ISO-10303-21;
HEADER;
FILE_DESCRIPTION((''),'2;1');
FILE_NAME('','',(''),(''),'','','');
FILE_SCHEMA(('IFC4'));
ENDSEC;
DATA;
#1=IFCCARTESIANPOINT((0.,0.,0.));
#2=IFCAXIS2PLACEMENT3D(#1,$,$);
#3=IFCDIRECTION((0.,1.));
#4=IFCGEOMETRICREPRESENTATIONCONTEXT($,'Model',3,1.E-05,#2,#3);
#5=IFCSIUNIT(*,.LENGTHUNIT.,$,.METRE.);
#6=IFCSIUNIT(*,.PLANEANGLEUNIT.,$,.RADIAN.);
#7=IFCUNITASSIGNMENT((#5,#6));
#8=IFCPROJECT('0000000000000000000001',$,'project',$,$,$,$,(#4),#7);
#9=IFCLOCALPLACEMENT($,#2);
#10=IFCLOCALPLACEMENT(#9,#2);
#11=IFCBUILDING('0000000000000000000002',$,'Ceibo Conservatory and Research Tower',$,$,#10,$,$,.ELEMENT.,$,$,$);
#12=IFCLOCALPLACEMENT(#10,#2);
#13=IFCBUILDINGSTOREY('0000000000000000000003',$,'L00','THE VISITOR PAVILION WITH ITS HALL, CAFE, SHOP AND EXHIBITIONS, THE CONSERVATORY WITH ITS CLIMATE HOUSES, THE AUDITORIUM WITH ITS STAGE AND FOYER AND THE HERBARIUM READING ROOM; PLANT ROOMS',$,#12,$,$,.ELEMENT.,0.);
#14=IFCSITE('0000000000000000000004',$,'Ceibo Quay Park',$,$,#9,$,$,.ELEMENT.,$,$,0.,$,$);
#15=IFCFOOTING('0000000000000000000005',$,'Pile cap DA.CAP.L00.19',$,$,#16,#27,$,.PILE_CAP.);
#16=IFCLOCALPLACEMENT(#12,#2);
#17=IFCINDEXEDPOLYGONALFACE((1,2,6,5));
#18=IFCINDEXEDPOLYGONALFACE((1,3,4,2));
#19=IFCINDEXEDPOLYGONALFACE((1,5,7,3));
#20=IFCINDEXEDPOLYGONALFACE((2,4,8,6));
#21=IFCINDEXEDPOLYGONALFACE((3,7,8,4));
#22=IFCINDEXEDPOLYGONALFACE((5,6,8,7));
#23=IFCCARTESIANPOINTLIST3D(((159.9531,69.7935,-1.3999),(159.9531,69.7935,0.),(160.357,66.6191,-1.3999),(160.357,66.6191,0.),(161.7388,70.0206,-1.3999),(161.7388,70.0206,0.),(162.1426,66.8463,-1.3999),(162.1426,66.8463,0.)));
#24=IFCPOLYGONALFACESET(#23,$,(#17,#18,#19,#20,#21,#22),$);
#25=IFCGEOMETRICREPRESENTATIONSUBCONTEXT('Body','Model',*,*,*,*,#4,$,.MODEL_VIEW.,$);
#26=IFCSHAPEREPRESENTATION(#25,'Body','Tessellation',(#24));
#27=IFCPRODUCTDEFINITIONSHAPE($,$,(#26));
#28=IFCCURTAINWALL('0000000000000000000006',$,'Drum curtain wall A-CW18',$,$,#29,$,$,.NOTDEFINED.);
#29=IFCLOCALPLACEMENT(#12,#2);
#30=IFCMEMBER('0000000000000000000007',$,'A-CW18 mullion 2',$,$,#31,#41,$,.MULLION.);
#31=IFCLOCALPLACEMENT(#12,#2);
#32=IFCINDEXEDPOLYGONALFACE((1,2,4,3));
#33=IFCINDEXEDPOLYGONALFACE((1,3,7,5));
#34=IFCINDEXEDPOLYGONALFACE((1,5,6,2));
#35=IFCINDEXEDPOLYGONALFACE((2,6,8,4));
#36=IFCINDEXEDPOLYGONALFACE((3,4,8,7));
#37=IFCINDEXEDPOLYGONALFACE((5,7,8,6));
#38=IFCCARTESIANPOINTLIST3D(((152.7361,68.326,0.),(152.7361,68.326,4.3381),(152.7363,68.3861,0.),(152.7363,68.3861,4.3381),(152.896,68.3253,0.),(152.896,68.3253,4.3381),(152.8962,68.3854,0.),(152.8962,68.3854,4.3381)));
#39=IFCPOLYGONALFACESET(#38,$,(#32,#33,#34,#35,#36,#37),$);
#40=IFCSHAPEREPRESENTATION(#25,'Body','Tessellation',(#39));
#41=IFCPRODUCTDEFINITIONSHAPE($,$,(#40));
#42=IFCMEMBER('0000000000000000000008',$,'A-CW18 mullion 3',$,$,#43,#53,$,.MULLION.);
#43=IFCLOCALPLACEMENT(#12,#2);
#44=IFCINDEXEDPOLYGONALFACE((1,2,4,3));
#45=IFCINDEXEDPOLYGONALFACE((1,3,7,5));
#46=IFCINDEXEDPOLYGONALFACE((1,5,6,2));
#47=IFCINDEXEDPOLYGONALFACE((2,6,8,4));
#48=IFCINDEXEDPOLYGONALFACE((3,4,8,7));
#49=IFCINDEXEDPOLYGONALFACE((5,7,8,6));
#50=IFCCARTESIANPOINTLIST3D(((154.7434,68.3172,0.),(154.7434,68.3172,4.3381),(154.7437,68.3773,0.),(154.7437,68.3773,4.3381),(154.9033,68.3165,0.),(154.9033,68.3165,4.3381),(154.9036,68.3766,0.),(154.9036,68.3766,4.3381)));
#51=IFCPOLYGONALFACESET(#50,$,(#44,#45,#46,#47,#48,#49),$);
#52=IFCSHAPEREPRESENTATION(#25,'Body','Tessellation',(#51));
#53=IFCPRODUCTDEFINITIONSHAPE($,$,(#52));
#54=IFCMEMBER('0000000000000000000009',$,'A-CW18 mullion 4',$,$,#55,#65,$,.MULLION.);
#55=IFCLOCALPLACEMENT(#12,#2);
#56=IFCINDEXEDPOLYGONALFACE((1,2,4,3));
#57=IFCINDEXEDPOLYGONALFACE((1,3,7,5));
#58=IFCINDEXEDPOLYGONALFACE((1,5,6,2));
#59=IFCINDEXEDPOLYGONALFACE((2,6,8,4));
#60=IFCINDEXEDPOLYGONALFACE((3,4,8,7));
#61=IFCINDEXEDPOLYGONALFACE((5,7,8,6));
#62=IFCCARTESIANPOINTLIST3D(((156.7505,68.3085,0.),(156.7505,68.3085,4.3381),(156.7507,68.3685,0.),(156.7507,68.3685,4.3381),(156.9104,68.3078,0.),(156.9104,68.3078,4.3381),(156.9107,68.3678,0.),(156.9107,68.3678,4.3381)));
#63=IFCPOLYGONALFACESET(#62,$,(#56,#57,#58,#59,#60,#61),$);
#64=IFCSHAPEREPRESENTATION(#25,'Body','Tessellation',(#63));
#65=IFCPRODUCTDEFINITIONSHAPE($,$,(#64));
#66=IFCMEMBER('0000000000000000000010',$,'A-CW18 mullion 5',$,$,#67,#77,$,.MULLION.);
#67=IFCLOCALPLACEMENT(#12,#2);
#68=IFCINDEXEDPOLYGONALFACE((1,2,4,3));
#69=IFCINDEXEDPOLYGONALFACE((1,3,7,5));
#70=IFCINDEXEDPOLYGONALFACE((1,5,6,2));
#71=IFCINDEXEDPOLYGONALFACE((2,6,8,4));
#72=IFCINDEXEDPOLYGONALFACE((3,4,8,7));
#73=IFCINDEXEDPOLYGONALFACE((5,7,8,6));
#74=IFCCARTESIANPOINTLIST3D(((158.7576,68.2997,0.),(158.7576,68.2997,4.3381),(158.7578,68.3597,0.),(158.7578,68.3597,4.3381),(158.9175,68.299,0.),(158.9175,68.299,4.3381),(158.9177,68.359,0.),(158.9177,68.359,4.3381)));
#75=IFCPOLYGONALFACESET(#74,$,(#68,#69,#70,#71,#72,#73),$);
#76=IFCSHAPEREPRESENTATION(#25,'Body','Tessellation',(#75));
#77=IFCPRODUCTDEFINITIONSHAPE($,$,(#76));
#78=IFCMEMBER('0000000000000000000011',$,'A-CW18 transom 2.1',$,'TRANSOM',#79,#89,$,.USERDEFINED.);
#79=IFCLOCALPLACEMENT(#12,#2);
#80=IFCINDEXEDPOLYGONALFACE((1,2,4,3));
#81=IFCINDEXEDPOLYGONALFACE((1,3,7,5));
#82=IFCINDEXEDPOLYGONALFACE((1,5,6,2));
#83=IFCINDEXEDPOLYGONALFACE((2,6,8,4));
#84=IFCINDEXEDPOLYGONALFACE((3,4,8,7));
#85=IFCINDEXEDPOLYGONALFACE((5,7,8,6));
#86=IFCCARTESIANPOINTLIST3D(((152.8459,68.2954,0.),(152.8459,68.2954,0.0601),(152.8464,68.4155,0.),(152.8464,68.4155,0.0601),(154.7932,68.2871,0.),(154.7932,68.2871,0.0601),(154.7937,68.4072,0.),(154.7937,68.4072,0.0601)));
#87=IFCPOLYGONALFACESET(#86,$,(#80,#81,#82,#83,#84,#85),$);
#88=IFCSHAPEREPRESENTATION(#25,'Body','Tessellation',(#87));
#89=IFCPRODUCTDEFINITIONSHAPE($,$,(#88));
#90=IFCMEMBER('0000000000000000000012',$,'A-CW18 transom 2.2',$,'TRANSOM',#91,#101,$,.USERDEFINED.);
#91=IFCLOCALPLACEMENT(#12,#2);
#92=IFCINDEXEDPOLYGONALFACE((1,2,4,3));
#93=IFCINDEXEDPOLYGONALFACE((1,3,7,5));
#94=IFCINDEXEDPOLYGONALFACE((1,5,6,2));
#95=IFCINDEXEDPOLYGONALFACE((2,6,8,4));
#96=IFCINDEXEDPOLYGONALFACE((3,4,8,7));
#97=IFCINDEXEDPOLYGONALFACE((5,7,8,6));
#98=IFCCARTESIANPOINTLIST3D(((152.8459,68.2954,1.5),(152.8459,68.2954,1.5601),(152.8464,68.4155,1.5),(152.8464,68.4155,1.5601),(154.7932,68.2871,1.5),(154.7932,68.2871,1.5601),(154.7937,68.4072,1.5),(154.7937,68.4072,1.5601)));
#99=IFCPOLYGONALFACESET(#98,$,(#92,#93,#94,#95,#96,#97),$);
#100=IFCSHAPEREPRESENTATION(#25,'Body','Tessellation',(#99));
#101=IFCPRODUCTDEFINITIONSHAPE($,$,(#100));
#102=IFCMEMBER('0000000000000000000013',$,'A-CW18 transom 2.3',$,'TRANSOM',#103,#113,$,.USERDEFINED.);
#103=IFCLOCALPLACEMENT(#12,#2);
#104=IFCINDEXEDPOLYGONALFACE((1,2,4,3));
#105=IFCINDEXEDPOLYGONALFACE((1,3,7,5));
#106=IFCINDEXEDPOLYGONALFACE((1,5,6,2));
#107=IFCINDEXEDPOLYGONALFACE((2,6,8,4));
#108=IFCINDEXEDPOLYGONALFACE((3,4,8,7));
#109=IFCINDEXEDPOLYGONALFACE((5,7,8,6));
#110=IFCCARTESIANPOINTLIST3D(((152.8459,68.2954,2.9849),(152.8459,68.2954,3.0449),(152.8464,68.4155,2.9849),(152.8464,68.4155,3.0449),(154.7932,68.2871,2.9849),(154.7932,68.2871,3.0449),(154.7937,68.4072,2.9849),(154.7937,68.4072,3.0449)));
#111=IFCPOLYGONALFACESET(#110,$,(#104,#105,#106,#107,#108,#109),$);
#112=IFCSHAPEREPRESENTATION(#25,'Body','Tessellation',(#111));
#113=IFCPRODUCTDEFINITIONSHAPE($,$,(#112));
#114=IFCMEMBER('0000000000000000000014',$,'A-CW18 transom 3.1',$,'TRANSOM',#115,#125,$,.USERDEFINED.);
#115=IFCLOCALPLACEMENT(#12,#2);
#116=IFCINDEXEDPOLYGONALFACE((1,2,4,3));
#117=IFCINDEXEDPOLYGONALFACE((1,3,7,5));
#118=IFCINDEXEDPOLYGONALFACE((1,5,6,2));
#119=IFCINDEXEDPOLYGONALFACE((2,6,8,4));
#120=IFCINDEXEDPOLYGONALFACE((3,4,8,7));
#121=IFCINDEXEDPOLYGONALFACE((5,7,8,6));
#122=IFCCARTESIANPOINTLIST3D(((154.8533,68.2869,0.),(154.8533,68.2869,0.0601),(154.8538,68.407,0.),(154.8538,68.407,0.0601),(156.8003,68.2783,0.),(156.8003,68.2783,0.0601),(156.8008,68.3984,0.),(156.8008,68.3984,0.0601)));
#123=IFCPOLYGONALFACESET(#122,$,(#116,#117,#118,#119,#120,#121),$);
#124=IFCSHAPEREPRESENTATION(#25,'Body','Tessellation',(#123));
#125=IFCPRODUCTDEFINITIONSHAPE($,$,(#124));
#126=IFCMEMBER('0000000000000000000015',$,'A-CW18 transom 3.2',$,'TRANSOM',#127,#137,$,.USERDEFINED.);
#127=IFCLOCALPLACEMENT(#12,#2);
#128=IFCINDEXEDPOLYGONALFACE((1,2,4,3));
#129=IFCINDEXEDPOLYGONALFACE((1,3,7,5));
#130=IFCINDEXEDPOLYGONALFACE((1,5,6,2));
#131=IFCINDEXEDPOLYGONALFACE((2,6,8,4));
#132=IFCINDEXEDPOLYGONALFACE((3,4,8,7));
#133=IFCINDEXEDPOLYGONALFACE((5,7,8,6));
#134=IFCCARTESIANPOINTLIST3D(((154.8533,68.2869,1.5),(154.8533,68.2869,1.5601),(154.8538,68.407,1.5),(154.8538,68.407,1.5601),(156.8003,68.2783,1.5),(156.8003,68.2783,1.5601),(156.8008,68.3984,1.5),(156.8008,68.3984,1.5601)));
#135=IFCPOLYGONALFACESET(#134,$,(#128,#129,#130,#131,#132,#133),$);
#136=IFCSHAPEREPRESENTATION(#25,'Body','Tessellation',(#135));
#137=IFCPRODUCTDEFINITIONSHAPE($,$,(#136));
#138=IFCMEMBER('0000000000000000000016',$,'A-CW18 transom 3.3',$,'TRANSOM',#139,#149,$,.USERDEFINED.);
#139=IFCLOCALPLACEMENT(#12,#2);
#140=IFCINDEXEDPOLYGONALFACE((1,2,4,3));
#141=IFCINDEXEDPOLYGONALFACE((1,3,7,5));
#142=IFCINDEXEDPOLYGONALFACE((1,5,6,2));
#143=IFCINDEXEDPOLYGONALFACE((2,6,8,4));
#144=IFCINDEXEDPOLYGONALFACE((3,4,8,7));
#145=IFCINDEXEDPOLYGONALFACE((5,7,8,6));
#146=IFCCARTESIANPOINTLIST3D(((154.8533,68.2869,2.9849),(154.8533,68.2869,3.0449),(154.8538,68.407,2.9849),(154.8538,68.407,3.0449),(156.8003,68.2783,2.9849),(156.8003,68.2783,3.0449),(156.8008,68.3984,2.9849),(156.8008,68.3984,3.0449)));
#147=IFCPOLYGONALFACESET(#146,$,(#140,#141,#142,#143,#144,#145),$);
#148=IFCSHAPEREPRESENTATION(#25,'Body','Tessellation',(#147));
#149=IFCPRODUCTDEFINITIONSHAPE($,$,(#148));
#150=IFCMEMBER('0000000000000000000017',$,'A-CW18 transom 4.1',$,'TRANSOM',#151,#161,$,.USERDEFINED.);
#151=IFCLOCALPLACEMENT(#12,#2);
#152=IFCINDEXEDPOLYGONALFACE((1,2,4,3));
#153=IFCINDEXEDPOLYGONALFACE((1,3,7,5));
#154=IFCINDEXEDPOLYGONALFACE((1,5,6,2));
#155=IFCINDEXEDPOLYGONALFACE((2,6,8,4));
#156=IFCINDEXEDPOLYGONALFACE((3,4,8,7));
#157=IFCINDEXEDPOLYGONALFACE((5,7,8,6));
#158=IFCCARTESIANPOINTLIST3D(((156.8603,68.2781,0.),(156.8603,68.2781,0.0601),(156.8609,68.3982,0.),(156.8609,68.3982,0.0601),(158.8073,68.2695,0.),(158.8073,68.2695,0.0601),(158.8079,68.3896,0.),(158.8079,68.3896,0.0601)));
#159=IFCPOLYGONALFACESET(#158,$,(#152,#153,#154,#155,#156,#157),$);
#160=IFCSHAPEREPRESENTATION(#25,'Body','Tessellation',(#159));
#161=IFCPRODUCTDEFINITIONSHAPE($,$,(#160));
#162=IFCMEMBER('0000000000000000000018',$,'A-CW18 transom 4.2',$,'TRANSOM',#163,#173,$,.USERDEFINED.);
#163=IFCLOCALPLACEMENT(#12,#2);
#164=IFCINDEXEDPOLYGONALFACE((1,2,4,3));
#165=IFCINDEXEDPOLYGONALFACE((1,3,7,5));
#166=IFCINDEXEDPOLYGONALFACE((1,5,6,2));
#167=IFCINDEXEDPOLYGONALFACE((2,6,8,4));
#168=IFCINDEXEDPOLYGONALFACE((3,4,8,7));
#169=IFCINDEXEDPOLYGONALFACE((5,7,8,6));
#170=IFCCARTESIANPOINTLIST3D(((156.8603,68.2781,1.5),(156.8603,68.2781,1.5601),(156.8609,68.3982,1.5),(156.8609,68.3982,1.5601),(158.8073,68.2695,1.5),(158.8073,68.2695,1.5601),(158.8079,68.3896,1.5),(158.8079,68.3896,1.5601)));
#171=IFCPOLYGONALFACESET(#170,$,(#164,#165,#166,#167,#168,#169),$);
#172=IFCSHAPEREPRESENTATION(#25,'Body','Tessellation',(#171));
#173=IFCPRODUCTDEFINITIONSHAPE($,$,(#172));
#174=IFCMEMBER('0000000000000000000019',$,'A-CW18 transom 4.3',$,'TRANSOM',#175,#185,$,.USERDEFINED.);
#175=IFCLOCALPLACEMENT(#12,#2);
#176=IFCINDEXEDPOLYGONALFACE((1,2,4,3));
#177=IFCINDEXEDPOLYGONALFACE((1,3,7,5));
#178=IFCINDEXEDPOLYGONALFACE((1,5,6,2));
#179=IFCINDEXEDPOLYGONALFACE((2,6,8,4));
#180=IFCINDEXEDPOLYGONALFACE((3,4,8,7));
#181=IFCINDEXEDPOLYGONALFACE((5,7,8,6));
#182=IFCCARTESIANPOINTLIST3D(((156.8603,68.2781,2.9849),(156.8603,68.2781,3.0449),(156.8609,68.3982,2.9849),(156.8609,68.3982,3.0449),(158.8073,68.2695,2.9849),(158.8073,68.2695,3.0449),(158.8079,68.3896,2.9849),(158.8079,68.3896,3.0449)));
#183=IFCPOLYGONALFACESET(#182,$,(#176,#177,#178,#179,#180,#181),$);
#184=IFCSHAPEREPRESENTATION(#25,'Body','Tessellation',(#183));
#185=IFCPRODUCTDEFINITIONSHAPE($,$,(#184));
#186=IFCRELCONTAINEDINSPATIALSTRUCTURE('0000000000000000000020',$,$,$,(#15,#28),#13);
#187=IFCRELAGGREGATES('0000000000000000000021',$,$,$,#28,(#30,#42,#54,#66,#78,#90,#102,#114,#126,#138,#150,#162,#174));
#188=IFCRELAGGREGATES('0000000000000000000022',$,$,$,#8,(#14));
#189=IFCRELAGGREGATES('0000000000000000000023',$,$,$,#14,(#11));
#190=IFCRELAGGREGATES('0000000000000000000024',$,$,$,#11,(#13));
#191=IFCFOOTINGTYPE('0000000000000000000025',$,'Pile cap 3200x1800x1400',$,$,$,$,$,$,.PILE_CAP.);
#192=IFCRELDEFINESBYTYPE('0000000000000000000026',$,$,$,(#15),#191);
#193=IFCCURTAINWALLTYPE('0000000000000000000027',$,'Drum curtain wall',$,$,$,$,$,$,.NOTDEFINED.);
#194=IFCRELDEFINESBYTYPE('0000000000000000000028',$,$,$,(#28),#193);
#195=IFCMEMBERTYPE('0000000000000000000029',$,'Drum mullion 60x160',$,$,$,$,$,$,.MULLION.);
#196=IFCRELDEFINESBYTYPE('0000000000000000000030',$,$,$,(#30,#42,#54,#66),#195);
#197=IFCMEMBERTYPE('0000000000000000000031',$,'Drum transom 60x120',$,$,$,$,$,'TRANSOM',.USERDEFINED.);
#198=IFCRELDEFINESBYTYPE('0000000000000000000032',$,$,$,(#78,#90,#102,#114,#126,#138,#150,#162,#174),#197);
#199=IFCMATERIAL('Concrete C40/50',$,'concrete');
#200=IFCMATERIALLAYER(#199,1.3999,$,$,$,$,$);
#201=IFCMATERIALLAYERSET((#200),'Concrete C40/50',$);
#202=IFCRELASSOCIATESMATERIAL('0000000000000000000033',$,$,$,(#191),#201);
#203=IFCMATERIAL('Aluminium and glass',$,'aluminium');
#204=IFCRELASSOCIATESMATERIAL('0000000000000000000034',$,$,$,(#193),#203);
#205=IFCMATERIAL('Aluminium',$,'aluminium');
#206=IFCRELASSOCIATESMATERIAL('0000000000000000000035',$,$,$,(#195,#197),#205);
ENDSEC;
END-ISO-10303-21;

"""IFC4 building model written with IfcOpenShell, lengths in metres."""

from ifc_helpers import new_model, si_unit, direction, frame, origin, origin_2d, place, context, subcontext, project, spatial, polyline, rectangle, outline, extrude, material, layer, layer_set, material_profile, profile_set, type_object, element, aggregate, save


model = new_model("IFC4")

# Units and contexts
model_context = context("Model", 3, precision=1e-05, world=origin(), true_north=direction((0.0, 1.0)))
body_context = subcontext(model_context, "Body", "Model", "MODEL_VIEW")
ifc_project = project(units=[si_unit("LENGTHUNIT", "METRE"), si_unit("PLANEANGLEUNIT", "RADIAN")], contexts=[model_context])

# Site, building, storey
site_placement = place(None, origin())
site = spatial("IfcSite", under=ifc_project, at=site_placement, Name="Ceibo Quay Park", CompositionType="ELEMENT", RefElevation=0.0)
building_placement = place(site_placement, origin())
building = spatial("IfcBuilding", under=site, at=building_placement, Name="Ceibo Conservatory and Research Tower", CompositionType="ELEMENT")
storey_placement = place(building_placement, origin())
storey = spatial("IfcBuildingStorey", under=building, at=storey_placement, Name="L00", Description="THE VISITOR PAVILION WITH ITS HALL, CAFE, SHOP AND EXHIBITIONS, THE CONSERVATORY WITH ITS CLIMATE HOUSES, THE AUDITORIUM WITH ITS STAGE AND FOYER AND THE HERBARIUM READING ROOM; PLANT ROOMS", CompositionType="ELEMENT", Elevation=0.0)

# Footing
ifc_material_1 = material(Name="Concrete C40/50", Category="concrete")
ifc_layer_1 = layer(ifc_material_1, 1.3999)
ifc_layer_set_1 = layer_set([ifc_layer_1], Name="Concrete C40/50")
footing_type = type_object("IfcFootingType", Name="Pile cap 3200x1800x1400", PredefinedType="PILE_CAP", material=ifc_layer_set_1)
footing_placement = place(storey_placement, frame((159.9531, 69.7935, -1.3999), z_axis=(0.0, 0.0, 1.0), x_axis=(0.126199, -0.992005, 0.0)))
element("IfcFooting", 1, at=footing_placement, inside=storey, type_object=footing_type, Name="Pile cap DA.CAP.L00.19", PredefinedType="PILE_CAP", context=body_context, shape_type="SweptSolid", body=[
    extrude(outline(polyline([(0.0, 0.0), (3.2, 0.0), (3.2, 1.8), (0.0, 1.8), (0.0, 0.0)])), origin(), (0.0, 0.0, 1.0), 1.3999),
])

# Curtain wall, members
ifc_material_2 = material(Name="Aluminium and glass", Category="aluminium")
curtain_wall_type = type_object("IfcCurtainWallType", Name="Drum curtain wall", PredefinedType="NOTDEFINED", material=ifc_material_2)
curtain_wall_placement = place(storey_placement, origin())
curtain_wall = element("IfcCurtainWall", 2, at=curtain_wall_placement, inside=storey, type_object=curtain_wall_type, Name="Drum curtain wall A-CW18", PredefinedType="NOTDEFINED")
ifc_material_3 = material(Name="Aluminium", Category="aluminium")
ifc_material_profile_1 = material_profile(ifc_material_3, rectangle(XDim=0.0601, YDim=0.1599, at=origin_2d()), Name="AL 60x160")
ifc_profile_set_1 = profile_set([ifc_material_profile_1], Name="Aluminium")
member_type_1 = type_object("IfcMemberType", Name="Drum mullion 60x160", PredefinedType="MULLION", material=ifc_profile_set_1)
member_1_placement = place(storey_placement, frame((152.8162, 68.3557, 0.0), z_axis=(0.0, 0.0, 1.0), x_axis=(0.004363, 0.99999, 0.0)))
member_1 = element("IfcMember", 3, at=member_1_placement, type_object=member_type_1, Name="A-CW18 mullion 2", PredefinedType="MULLION", context=body_context, shape_type="SweptSolid", body=[
    extrude(rectangle(XDim=0.0601, YDim=0.1599, at=origin_2d()), origin(), (0.0, 0.0, 1.0), 4.3381),
])
member_2_placement = place(storey_placement, frame((154.8235, 68.3469, 0.0), z_axis=(0.0, 0.0, 1.0), x_axis=(0.004363, 0.99999, 0.0)))
member_2 = element("IfcMember", 4, at=member_2_placement, type_object=member_type_1, Name="A-CW18 mullion 3", PredefinedType="MULLION", context=body_context, shape_type="SweptSolid", body=[
    extrude(rectangle(XDim=0.0601, YDim=0.1599, at=origin_2d()), origin(), (0.0, 0.0, 1.0), 4.3381),
])
member_3_placement = place(storey_placement, frame((156.8306, 68.3381, 0.0), z_axis=(0.0, 0.0, 1.0), x_axis=(0.004363, 0.99999, 0.0)))
member_3 = element("IfcMember", 5, at=member_3_placement, type_object=member_type_1, Name="A-CW18 mullion 4", PredefinedType="MULLION", context=body_context, shape_type="SweptSolid", body=[
    extrude(rectangle(XDim=0.0601, YDim=0.1599, at=origin_2d()), origin(), (0.0, 0.0, 1.0), 4.3381),
])
member_4_placement = place(storey_placement, frame((158.8376, 68.3293, 0.0), z_axis=(0.0, 0.0, 1.0), x_axis=(0.004363, 0.99999, 0.0)))
member_4 = element("IfcMember", 6, at=member_4_placement, type_object=member_type_1, Name="A-CW18 mullion 5", PredefinedType="MULLION", context=body_context, shape_type="SweptSolid", body=[
    extrude(rectangle(XDim=0.0601, YDim=0.1599, at=origin_2d()), origin(), (0.0, 0.0, 1.0), 4.3381),
])
ifc_material_profile_2 = material_profile(ifc_material_3, rectangle(XDim=0.1201, YDim=0.0601, at=origin_2d()), Name="AL 60x120")
ifc_profile_set_2 = profile_set([ifc_material_profile_2], Name="Aluminium")
member_type_2 = type_object("IfcMemberType", Name="Drum transom 60x120", ElementType="TRANSOM", PredefinedType="USERDEFINED", material=ifc_profile_set_2)
member_5_placement = place(storey_placement, frame((152.8462, 68.3555, 0.03), z_axis=(0.999991, -0.004263, 0.0), x_axis=(0.004263, 0.999991, 0.0)))
member_5 = element("IfcMember", 7, at=member_5_placement, type_object=member_type_2, Name="A-CW18 transom 2.1", ObjectType="TRANSOM", PredefinedType="USERDEFINED", context=body_context, shape_type="SweptSolid", body=[
    extrude(rectangle(XDim=0.1201, YDim=0.0601, at=origin_2d()), origin(), (0.0, 0.0, 1.0), 1.9473),
])
member_6_placement = place(storey_placement, frame((152.8462, 68.3555, 1.53), z_axis=(0.999991, -0.004263, 0.0), x_axis=(0.004263, 0.999991, 0.0)))
member_6 = element("IfcMember", 8, at=member_6_placement, type_object=member_type_2, Name="A-CW18 transom 2.2", ObjectType="TRANSOM", PredefinedType="USERDEFINED", context=body_context, shape_type="SweptSolid", body=[
    extrude(rectangle(XDim=0.1201, YDim=0.0601, at=origin_2d()), origin(), (0.0, 0.0, 1.0), 1.9473),
])
member_7_placement = place(storey_placement, frame((152.8462, 68.3555, 3.0149), z_axis=(0.999991, -0.004263, 0.0), x_axis=(0.004263, 0.999991, 0.0)))
member_7 = element("IfcMember", 9, at=member_7_placement, type_object=member_type_2, Name="A-CW18 transom 2.3", ObjectType="TRANSOM", PredefinedType="USERDEFINED", context=body_context, shape_type="SweptSolid", body=[
    extrude(rectangle(XDim=0.1201, YDim=0.0601, at=origin_2d()), origin(), (0.0, 0.0, 1.0), 1.9473),
])
member_8_placement = place(storey_placement, frame((154.8535, 68.3469, 0.03), z_axis=(0.99999, -0.004389, 0.0), x_axis=(0.004389, 0.99999, 0.0)))
member_8 = element("IfcMember", 10, at=member_8_placement, type_object=member_type_2, Name="A-CW18 transom 3.1", ObjectType="TRANSOM", PredefinedType="USERDEFINED", context=body_context, shape_type="SweptSolid", body=[
    extrude(rectangle(XDim=0.1201, YDim=0.0601, at=origin_2d()), origin(), (0.0, 0.0, 1.0), 1.947),
])
member_9_placement = place(storey_placement, frame((154.8535, 68.3469, 1.53), z_axis=(0.99999, -0.004389, 0.0), x_axis=(0.004389, 0.99999, 0.0)))
member_9 = element("IfcMember", 11, at=member_9_placement, type_object=member_type_2, Name="A-CW18 transom 3.2", ObjectType="TRANSOM", PredefinedType="USERDEFINED", context=body_context, shape_type="SweptSolid", body=[
    extrude(rectangle(XDim=0.1201, YDim=0.0601, at=origin_2d()), origin(), (0.0, 0.0, 1.0), 1.947),
])
member_10_placement = place(storey_placement, frame((154.8535, 68.3469, 3.0149), z_axis=(0.99999, -0.004389, 0.0), x_axis=(0.004389, 0.99999, 0.0)))
member_10 = element("IfcMember", 12, at=member_10_placement, type_object=member_type_2, Name="A-CW18 transom 3.3", ObjectType="TRANSOM", PredefinedType="USERDEFINED", context=body_context, shape_type="SweptSolid", body=[
    extrude(rectangle(XDim=0.1201, YDim=0.0601, at=origin_2d()), origin(), (0.0, 0.0, 1.0), 1.947),
])
member_11_placement = place(storey_placement, frame((156.8606, 68.3381, 0.03), z_axis=(0.99999, -0.004389, 0.0), x_axis=(0.004389, 0.99999, 0.0)))
member_11 = element("IfcMember", 13, at=member_11_placement, type_object=member_type_2, Name="A-CW18 transom 4.1", ObjectType="TRANSOM", PredefinedType="USERDEFINED", context=body_context, shape_type="SweptSolid", body=[
    extrude(rectangle(XDim=0.1201, YDim=0.0601, at=origin_2d()), origin(), (0.0, 0.0, 1.0), 1.947),
])
member_12_placement = place(storey_placement, frame((156.8606, 68.3381, 1.53), z_axis=(0.99999, -0.004389, 0.0), x_axis=(0.004389, 0.99999, 0.0)))
member_12 = element("IfcMember", 14, at=member_12_placement, type_object=member_type_2, Name="A-CW18 transom 4.2", ObjectType="TRANSOM", PredefinedType="USERDEFINED", context=body_context, shape_type="SweptSolid", body=[
    extrude(rectangle(XDim=0.1201, YDim=0.0601, at=origin_2d()), origin(), (0.0, 0.0, 1.0), 1.947),
])
member_13_placement = place(storey_placement, frame((156.8606, 68.3381, 3.0149), z_axis=(0.99999, -0.004389, 0.0), x_axis=(0.004389, 0.99999, 0.0)))
member_13 = element("IfcMember", 15, at=member_13_placement, type_object=member_type_2, Name="A-CW18 transom 4.3", ObjectType="TRANSOM", PredefinedType="USERDEFINED", context=body_context, shape_type="SweptSolid", body=[
    extrude(rectangle(XDim=0.1201, YDim=0.0601, at=origin_2d()), origin(), (0.0, 0.0, 1.0), 1.947),
])

aggregate(curtain_wall, [member_1, member_2, member_3, member_4, member_5, member_6, member_7, member_8, member_9, member_10, member_11, member_12, member_13])

save(model, "model.ifc")
